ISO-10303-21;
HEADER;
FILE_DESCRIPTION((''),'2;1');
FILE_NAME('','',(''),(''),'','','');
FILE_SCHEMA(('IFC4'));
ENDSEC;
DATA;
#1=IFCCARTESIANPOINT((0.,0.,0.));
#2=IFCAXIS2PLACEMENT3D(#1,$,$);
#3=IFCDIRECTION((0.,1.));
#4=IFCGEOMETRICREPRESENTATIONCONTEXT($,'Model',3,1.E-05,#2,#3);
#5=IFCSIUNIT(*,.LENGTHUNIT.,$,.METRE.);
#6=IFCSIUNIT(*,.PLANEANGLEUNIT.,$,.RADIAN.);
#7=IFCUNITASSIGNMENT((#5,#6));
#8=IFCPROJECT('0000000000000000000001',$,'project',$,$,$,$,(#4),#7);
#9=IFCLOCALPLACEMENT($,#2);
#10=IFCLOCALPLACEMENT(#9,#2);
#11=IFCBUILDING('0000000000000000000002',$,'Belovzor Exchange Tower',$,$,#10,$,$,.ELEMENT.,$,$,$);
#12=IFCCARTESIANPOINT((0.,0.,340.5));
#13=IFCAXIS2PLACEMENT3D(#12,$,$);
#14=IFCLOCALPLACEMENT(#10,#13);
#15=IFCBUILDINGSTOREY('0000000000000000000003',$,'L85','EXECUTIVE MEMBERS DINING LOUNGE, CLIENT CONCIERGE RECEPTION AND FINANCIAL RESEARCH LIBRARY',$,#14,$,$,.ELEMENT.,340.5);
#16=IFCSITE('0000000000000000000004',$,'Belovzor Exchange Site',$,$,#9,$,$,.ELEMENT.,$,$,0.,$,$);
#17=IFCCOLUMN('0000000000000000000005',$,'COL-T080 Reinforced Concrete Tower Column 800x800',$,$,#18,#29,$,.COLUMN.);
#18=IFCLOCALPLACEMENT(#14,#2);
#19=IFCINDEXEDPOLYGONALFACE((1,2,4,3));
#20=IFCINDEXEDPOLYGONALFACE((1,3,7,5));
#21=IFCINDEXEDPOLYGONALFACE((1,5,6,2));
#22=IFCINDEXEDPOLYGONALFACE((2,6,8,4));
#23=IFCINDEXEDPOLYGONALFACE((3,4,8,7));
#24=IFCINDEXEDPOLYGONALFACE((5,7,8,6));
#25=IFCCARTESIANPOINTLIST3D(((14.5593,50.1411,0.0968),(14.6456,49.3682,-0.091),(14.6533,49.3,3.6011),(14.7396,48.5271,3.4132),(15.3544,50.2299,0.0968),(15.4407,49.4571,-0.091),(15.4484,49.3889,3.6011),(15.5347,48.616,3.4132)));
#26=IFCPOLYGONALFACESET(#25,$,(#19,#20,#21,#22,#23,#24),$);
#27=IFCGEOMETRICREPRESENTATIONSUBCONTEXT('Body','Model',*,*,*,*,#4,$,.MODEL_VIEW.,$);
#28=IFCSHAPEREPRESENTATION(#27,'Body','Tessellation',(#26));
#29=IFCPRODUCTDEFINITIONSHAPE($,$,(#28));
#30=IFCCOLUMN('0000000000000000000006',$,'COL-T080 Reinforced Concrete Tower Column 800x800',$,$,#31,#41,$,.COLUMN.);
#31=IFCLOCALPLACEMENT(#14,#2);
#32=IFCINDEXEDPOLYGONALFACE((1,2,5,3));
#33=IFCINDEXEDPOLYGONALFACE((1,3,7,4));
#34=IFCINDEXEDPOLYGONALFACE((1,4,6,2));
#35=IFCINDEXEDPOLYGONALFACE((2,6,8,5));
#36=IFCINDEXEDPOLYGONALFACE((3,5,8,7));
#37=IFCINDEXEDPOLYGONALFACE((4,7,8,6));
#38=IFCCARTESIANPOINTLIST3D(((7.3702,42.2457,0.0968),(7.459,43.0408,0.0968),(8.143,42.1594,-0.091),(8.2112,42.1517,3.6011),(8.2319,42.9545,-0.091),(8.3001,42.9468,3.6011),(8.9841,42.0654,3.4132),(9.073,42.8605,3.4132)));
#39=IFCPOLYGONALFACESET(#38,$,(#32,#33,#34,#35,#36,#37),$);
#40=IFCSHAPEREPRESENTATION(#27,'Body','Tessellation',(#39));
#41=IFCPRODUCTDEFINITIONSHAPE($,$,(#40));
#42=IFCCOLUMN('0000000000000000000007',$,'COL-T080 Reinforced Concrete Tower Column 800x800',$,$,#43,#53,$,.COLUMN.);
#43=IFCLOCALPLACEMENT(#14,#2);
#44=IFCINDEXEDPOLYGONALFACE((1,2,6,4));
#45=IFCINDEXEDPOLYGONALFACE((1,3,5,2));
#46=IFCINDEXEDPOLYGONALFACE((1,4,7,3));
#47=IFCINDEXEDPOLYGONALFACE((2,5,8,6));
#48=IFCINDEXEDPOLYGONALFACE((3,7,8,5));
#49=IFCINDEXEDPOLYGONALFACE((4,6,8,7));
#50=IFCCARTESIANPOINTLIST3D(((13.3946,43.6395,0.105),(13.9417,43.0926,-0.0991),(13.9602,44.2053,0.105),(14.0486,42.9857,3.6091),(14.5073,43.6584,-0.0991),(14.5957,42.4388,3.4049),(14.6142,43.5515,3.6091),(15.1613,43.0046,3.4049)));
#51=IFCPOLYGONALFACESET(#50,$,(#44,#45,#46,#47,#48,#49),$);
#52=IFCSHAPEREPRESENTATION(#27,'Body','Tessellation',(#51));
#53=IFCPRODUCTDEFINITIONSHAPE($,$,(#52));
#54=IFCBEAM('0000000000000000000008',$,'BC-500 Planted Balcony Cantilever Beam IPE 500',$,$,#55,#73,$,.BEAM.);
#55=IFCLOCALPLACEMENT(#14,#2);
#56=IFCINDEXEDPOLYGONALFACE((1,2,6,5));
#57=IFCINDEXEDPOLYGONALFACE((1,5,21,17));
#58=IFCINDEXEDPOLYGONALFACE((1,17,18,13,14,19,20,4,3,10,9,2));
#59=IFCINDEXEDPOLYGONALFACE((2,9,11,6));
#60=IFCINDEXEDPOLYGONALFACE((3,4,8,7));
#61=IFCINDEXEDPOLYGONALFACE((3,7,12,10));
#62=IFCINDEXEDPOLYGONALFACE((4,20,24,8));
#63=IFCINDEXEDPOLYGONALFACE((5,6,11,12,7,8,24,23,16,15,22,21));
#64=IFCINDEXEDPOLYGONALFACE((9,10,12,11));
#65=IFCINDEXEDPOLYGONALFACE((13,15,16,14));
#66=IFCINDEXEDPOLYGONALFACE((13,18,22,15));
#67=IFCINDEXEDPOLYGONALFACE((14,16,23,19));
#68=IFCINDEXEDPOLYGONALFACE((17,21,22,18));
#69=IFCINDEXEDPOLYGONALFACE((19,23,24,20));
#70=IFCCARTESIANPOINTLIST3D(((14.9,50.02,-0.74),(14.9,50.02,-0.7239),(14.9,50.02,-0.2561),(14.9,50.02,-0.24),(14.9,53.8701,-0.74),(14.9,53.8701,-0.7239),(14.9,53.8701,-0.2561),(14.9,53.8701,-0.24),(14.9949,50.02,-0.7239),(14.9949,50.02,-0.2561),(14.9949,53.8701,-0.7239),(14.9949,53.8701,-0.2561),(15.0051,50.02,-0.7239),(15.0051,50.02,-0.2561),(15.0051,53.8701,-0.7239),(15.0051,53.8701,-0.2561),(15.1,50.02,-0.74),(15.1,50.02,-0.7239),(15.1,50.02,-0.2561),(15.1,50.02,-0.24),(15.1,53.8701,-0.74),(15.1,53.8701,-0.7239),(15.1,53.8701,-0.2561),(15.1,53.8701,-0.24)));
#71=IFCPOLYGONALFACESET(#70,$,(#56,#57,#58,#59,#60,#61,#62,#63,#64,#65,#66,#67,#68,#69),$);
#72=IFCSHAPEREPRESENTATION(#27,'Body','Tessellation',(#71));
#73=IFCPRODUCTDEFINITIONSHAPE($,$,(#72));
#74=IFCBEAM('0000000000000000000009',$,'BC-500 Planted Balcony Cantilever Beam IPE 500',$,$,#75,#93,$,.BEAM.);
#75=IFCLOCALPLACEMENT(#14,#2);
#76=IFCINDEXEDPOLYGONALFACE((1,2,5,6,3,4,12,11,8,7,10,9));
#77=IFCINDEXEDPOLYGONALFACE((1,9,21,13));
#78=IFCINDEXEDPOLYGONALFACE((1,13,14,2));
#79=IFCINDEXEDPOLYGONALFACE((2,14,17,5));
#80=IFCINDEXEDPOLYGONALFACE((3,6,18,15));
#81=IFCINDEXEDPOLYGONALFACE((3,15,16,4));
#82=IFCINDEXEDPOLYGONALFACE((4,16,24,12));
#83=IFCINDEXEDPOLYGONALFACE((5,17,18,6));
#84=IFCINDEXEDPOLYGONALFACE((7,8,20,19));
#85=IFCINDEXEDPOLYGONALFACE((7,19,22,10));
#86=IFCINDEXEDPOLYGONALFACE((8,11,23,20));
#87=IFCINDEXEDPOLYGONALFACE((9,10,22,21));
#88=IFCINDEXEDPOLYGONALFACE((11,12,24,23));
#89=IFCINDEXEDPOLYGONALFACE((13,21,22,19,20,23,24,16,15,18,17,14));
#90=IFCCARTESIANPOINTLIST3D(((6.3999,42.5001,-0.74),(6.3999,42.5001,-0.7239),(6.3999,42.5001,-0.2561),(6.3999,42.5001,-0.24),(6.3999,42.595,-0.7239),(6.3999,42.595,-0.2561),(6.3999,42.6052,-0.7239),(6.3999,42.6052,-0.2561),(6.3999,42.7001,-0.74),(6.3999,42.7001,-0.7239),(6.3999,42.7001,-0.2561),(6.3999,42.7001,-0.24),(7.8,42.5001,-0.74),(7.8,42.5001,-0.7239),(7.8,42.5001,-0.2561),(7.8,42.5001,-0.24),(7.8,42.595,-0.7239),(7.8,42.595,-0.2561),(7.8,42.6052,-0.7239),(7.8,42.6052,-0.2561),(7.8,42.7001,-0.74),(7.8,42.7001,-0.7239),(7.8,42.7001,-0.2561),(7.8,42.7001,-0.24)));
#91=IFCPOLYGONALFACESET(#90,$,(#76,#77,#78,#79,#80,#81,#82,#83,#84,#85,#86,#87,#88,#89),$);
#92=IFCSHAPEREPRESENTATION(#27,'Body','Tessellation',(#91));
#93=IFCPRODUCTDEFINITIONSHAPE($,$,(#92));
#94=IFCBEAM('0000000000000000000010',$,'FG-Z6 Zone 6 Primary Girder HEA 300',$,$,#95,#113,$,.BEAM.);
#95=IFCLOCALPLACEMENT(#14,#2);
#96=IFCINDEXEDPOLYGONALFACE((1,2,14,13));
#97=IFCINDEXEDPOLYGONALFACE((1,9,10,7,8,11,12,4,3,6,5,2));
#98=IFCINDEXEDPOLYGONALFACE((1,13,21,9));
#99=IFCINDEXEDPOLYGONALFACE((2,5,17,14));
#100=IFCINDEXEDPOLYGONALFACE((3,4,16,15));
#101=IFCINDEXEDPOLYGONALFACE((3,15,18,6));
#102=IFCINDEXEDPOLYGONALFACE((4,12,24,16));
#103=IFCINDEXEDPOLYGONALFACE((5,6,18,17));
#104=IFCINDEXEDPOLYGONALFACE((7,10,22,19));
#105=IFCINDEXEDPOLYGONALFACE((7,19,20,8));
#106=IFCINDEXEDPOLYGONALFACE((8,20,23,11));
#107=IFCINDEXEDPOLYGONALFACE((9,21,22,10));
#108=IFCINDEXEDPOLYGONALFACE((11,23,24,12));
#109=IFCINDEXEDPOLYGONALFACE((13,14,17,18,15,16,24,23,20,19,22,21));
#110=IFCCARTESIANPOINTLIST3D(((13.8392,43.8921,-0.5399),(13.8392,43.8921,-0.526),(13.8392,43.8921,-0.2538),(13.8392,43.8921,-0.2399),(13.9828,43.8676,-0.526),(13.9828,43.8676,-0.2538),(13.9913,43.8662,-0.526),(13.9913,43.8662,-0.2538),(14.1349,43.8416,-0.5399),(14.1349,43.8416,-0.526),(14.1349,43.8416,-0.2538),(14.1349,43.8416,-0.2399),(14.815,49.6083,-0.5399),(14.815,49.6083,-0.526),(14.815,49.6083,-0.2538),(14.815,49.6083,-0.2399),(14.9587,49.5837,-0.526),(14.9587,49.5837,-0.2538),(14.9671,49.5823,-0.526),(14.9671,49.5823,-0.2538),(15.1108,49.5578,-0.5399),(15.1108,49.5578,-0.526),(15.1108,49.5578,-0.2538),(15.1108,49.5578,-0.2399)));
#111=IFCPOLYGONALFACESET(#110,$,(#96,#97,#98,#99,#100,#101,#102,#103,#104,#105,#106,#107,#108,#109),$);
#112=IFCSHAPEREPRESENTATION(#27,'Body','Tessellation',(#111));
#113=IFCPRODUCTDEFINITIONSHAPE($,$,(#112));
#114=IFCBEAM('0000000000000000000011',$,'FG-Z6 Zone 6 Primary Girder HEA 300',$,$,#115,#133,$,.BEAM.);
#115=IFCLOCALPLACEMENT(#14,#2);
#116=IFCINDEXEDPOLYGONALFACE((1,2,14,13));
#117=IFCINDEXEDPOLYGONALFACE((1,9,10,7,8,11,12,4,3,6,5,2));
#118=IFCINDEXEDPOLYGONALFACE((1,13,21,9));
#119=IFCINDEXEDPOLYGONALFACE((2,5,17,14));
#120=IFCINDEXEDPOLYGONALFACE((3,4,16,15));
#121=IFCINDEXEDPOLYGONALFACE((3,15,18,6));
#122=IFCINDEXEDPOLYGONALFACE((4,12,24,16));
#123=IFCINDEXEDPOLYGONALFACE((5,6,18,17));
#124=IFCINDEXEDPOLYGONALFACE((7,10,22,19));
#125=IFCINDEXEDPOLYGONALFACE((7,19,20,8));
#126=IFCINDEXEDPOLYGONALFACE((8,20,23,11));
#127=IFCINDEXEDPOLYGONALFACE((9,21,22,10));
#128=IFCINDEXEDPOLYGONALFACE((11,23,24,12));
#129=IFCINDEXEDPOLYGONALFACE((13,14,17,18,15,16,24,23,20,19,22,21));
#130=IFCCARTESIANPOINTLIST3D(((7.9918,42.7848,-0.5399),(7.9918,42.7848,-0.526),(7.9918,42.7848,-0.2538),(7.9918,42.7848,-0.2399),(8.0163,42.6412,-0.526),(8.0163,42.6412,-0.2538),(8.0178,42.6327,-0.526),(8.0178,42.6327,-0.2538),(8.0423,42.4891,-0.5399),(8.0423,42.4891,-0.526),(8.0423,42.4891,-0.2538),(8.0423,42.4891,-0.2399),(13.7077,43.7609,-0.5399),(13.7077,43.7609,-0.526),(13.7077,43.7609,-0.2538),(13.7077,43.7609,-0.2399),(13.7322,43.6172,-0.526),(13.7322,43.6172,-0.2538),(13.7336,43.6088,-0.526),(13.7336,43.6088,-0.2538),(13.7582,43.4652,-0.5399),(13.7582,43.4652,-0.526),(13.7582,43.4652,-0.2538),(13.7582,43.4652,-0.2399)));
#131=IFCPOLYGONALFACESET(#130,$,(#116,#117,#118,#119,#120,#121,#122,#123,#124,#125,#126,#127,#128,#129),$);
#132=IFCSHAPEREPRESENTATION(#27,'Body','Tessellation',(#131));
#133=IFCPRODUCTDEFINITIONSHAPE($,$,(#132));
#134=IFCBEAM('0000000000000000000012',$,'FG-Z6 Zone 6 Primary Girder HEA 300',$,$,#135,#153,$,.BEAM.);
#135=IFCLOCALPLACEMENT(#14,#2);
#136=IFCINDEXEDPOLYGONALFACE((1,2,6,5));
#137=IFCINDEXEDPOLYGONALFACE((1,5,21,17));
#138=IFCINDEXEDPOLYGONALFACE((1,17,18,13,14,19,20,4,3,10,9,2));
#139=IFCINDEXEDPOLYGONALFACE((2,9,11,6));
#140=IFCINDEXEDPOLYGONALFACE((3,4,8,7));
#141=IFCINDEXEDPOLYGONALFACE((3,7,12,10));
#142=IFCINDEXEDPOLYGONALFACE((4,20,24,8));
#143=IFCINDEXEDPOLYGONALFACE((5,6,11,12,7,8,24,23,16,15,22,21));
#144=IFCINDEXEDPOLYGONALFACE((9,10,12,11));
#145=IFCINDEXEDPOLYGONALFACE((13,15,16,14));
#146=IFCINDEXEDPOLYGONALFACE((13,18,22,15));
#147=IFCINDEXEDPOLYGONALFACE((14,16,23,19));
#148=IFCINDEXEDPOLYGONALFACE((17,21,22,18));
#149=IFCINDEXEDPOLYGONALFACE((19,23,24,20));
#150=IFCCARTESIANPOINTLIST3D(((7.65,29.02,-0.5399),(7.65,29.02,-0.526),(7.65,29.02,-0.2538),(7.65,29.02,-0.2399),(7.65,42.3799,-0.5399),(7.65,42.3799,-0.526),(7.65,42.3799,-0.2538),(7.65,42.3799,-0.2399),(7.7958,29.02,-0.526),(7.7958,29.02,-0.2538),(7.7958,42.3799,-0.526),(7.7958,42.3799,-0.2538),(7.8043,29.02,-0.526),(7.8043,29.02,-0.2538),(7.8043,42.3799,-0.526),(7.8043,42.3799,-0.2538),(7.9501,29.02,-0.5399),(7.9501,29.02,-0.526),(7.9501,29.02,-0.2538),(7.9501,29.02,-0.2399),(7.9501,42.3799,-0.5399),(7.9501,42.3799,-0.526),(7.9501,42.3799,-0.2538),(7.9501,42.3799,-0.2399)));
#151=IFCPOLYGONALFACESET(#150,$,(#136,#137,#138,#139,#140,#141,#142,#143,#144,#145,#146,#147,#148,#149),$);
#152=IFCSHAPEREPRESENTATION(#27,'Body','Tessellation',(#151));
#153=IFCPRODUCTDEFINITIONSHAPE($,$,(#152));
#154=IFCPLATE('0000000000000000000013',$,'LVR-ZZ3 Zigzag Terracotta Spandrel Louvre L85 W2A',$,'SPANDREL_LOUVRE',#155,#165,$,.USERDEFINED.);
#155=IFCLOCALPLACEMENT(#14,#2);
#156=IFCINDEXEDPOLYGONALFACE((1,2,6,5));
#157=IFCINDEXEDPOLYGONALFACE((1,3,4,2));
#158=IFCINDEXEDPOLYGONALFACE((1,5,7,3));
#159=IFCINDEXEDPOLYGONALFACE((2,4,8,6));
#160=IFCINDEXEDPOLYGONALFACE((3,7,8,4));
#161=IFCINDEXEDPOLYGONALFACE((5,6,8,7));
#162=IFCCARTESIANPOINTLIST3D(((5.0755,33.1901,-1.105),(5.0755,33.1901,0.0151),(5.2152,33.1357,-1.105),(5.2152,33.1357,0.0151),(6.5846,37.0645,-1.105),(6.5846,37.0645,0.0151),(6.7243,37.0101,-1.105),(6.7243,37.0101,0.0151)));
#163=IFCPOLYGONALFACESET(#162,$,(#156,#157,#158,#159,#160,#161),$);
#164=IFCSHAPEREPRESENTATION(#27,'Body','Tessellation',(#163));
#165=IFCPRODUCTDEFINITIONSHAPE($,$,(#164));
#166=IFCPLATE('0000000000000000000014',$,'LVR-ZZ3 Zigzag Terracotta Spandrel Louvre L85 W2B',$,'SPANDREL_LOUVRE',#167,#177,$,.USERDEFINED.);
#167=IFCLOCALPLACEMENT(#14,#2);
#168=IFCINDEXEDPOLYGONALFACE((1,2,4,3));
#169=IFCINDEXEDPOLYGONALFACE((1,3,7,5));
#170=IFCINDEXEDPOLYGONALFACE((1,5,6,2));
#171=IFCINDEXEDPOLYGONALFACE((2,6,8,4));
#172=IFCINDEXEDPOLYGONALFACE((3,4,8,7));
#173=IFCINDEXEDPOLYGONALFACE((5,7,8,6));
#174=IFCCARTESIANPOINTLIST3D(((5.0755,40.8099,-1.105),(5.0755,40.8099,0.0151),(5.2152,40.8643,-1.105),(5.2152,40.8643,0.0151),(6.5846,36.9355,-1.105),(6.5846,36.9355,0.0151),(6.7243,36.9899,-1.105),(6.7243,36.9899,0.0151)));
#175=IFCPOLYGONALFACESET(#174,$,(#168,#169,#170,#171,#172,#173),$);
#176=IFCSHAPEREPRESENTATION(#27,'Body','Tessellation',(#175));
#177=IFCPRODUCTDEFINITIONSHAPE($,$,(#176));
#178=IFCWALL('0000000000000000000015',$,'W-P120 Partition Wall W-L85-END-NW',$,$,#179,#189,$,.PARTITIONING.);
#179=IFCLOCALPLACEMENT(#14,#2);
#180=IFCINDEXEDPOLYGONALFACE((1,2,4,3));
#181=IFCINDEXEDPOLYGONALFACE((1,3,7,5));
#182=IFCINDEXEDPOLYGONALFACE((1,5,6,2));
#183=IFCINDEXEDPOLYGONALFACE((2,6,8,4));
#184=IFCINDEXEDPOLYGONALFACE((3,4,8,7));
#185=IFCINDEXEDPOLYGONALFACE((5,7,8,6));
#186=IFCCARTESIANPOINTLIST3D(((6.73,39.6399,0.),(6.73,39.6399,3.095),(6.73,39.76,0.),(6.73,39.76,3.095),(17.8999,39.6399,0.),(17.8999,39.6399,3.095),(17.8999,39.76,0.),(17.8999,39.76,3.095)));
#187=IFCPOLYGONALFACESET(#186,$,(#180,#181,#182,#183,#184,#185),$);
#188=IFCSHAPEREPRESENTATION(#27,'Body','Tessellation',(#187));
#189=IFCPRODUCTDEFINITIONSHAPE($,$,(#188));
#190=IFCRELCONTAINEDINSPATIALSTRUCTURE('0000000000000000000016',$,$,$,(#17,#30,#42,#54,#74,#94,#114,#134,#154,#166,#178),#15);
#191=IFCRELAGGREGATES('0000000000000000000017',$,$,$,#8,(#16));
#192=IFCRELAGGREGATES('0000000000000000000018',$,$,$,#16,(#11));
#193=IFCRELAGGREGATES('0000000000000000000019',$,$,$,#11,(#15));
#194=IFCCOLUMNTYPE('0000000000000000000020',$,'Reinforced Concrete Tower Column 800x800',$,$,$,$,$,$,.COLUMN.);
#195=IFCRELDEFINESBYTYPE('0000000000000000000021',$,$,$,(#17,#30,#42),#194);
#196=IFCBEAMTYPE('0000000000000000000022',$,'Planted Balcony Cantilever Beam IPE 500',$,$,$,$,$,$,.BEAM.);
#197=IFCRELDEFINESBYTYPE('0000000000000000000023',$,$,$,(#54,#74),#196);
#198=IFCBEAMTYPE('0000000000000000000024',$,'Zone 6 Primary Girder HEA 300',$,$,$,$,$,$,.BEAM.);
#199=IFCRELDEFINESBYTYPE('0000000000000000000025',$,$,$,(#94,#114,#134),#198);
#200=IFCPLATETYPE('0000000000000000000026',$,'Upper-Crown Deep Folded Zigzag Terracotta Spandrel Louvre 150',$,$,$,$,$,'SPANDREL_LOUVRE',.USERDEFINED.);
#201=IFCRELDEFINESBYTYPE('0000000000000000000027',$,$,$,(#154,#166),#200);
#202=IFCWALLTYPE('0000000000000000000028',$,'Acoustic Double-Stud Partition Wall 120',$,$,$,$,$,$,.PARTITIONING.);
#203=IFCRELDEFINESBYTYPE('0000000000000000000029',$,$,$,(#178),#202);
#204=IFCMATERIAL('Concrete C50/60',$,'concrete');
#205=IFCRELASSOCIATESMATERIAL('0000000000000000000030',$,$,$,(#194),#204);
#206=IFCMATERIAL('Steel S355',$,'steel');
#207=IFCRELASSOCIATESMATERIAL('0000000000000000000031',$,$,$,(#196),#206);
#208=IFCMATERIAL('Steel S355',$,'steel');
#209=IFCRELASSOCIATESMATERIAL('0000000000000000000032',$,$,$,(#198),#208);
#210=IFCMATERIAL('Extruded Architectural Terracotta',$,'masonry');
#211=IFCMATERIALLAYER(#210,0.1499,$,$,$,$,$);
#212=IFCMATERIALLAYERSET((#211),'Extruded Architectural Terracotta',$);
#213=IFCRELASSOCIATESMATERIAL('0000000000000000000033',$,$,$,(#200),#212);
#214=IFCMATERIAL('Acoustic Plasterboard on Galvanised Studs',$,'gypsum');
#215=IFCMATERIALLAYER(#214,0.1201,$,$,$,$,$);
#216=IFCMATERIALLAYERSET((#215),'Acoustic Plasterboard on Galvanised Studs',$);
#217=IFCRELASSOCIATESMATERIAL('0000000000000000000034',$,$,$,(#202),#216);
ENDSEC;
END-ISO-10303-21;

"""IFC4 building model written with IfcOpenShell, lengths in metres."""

from ifc_helpers import new_model, si_unit, direction, frame, frame_2d, origin, origin_2d, place, context, subcontext, project, spatial, rectangle, i_section, extrude, material, layer, layer_set, material_profile, profile_set, type_object, element, save


model = new_model("IFC4")

# Units and contexts
model_context = context("Model", 3, precision=1e-05, world=origin(), true_north=direction((0.0, 1.0)))
body_context = subcontext(model_context, "Body", "Model", "MODEL_VIEW")
ifc_project = project(units=[si_unit("LENGTHUNIT", "METRE"), si_unit("PLANEANGLEUNIT", "RADIAN")], contexts=[model_context])

# Site, building, storey
site_placement = place(None, origin())
site = spatial("IfcSite", under=ifc_project, at=site_placement, Name="Belovzor Exchange Site", CompositionType="ELEMENT", RefElevation=0.0)
building_placement = place(site_placement, origin())
building = spatial("IfcBuilding", under=site, at=building_placement, Name="Belovzor Exchange Tower", CompositionType="ELEMENT")
storey_placement = place(building_placement, frame((0.0, 0.0, 340.5)))
storey = spatial("IfcBuildingStorey", under=building, at=storey_placement, Name="L85", Description="EXECUTIVE MEMBERS DINING LOUNGE, CLIENT CONCIERGE RECEPTION AND FINANCIAL RESEARCH LIBRARY", CompositionType="ELEMENT", Elevation=340.5)

# Columns
ifc_material_1 = material(Name="Concrete C50/60", Category="concrete")
ifc_material_profile_1 = material_profile(ifc_material_1, rectangle(XDim=0.8, YDim=0.8, at=origin_2d()))
ifc_profile_set_1 = profile_set([ifc_material_profile_1], Name="Concrete C50/60")
column_type = type_object("IfcColumnType", Name="Reinforced Concrete Tower Column 800x800", PredefinedType="COLUMN", material=ifc_profile_set_1)
for number, where, z_axis, x_axis, name in (
    (1, (15.0, 49.7991, 0.0029), (0.026074, -0.233312, 0.972052), (0.993813, 0.111065, 0.0), "COL-T080 Reinforced Concrete Tower Column 800x800"),
    (2, (7.801, 42.6001, 0.0029), (0.233312, -0.026074, 0.972052), (0.111065, 0.993813, 0.0), "COL-T080 Reinforced Concrete Tower Column 800x800"),
):
    element("IfcColumn", number, at=place(storey_placement, frame(where, z_axis=z_axis, x_axis=x_axis)), inside=storey, type_object=column_type, Name=name, PredefinedType="COLUMN", context=body_context, shape_type="SweptSolid", body=[
        extrude(rectangle(XDim=0.8, YDim=0.8, at=origin_2d()), origin(), (0.0, 0.0, 1.0), 3.605),
    ])
column_placement = place(storey_placement, frame((13.9509, 43.6489, 0.0029), z_axis=(0.180472, -0.180404, 0.966894), x_axis=(0.706975, 0.707239, 0.0)))
element("IfcColumn", 3, at=column_placement, inside=storey, type_object=column_type, Name="COL-T080 Reinforced Concrete Tower Column 800x800", PredefinedType="COLUMN", context=body_context, shape_type="SweptSolid", body=[
    extrude(rectangle(XDim=0.8, YDim=0.8, at=origin_2d()), origin(), (0.0, 0.0, 1.0), 3.624),
])

# Beams
ifc_material_2 = material(Name="Steel S355", Category="steel")
ifc_material_profile_2 = material_profile(ifc_material_2, i_section(OverallWidth=0.2, OverallDepth=0.5, WebThickness=0.0103, FlangeThickness=0.0161, at=origin_2d()))
ifc_profile_set_2 = profile_set([ifc_material_profile_2], Name="Steel S355")
beam_type_1 = type_object("IfcBeamType", Name="Planted Balcony Cantilever Beam IPE 500", PredefinedType="BEAM", material=ifc_profile_set_2)
beam_1_placement = place(storey_placement, frame((15.0, 50.02, -0.49), z_axis=(0.0, 1.0, 0.0), x_axis=(-1.0, 0.0, 0.0)))
element("IfcBeam", 4, at=beam_1_placement, inside=storey, type_object=beam_type_1, Name="BC-500 Planted Balcony Cantilever Beam IPE 500", PredefinedType="BEAM", context=body_context, shape_type="SweptSolid", body=[
    extrude(i_section(OverallWidth=0.2, OverallDepth=0.5, WebThickness=0.0103, FlangeThickness=0.0161, at=origin_2d()), origin(), (0.0, 0.0, 1.0), 3.8501),
])
beam_2_placement = place(storey_placement, frame((7.8, 42.6001, -0.49), z_axis=(-1.0, 0.0, 0.0), x_axis=(0.0, -1.0, 0.0)))
element("IfcBeam", 5, at=beam_2_placement, inside=storey, type_object=beam_type_1, Name="BC-500 Planted Balcony Cantilever Beam IPE 500", PredefinedType="BEAM", context=body_context, shape_type="SweptSolid", body=[
    extrude(i_section(OverallWidth=0.2, OverallDepth=0.5, WebThickness=0.0103, FlangeThickness=0.0161, at=origin_2d()), origin(), (0.0, 0.0, 1.0), 1.4001),
])
ifc_material_3 = material(Name="Steel S355", Category="steel")
ifc_material_profile_3 = material_profile(ifc_material_3, i_section(OverallWidth=0.3, OverallDepth=0.3, WebThickness=0.0085, FlangeThickness=0.0139, at=origin_2d()))
ifc_profile_set_3 = profile_set([ifc_material_profile_3], Name="Steel S355")
beam_type_2 = type_object("IfcBeamType", Name="Zone 6 Primary Girder HEA 300", PredefinedType="BEAM", material=ifc_profile_set_3)
beam_3_placement = place(storey_placement, frame((14.9629, 49.583, -0.3899), z_axis=(-0.168282, -0.985739, 0.0), x_axis=(0.985739, -0.168282, 0.0)))
element("IfcBeam", 6, at=beam_3_placement, inside=storey, type_object=beam_type_2, Name="FG-Z6 Zone 6 Primary Girder HEA 300", PredefinedType="BEAM", context=body_context, shape_type="SweptSolid", body=[
    extrude(i_section(OverallWidth=0.3, OverallDepth=0.3, WebThickness=0.0085, FlangeThickness=0.0139, at=origin_2d()), origin(), (0.0, 0.0, 1.0), 5.7988),
])
beam_4_placement = place(storey_placement, frame((13.7329, 43.613, -0.3899), z_axis=(-0.985731, -0.16833, 0.0), x_axis=(0.16833, -0.985731, 0.0)))
element("IfcBeam", 7, at=beam_4_placement, inside=storey, type_object=beam_type_2, Name="FG-Z6 Zone 6 Primary Girder HEA 300", PredefinedType="BEAM", context=body_context, shape_type="SweptSolid", body=[
    extrude(i_section(OverallWidth=0.3, OverallDepth=0.3, WebThickness=0.0085, FlangeThickness=0.0139, at=origin_2d()), origin(), (0.0, 0.0, 1.0), 5.7986),
])
beam_5_placement = place(storey_placement, frame((7.8, 42.3799, -0.3899), z_axis=(0.0, -1.0, 0.0), x_axis=(1.0, 0.0, 0.0)))
element("IfcBeam", 8, at=beam_5_placement, inside=storey, type_object=beam_type_2, Name="FG-Z6 Zone 6 Primary Girder HEA 300", PredefinedType="BEAM", context=body_context, shape_type="SweptSolid", body=[
    extrude(i_section(OverallWidth=0.3, OverallDepth=0.3, WebThickness=0.0085, FlangeThickness=0.0139, at=origin_2d()), origin(), (0.0, 0.0, 1.0), 13.3599),
])

# Plates
ifc_material_4 = material(Name="Extruded Architectural Terracotta", Category="masonry")
ifc_layer_1 = layer(ifc_material_4, 0.1499)
ifc_layer_set_1 = layer_set([ifc_layer_1], Name="Extruded Architectural Terracotta")
plate_type = type_object("IfcPlateType", Name="Upper-Crown Deep Folded Zigzag Terracotta Spandrel Louvre 150", ElementType="SPANDREL_LOUVRE", PredefinedType="USERDEFINED", material=ifc_layer_set_1)
for number, where, z_axis, x_axis, name in (
    (9, (5.8999, 35.1001, -1.105), (0.0, 0.0, 1.0), (0.362926, 0.931818, 0.0), "LVR-ZZ3 Zigzag Terracotta Spandrel Louvre L85 W2A"),
    (10, (5.8999, 38.8999, -1.105), (0.0, 0.0, 1.0), (-0.362926, 0.931818, 0.0), "LVR-ZZ3 Zigzag Terracotta Spandrel Louvre L85 W2B"),
):
    element("IfcPlate", number, at=place(storey_placement, frame(where, z_axis=z_axis, x_axis=x_axis)), inside=storey, type_object=plate_type, Name=name, ObjectType="SPANDREL_LOUVRE", PredefinedType="USERDEFINED", context=body_context, shape_type="SweptSolid", body=[
        extrude(rectangle(XDim=4.158, YDim=0.1499, at=origin_2d()), origin(), (0.0, 0.0, 1.0), 1.1201),
    ])

# Wall
ifc_material_5 = material(Name="Acoustic Plasterboard on Galvanised Studs", Category="gypsum")
ifc_layer_2 = layer(ifc_material_5, 0.1201)
ifc_layer_set_2 = layer_set([ifc_layer_2], Name="Acoustic Plasterboard on Galvanised Studs")
wall_type_1 = type_object("IfcWallType", Name="Acoustic Double-Stud Partition Wall 120", PredefinedType="PARTITIONING", material=ifc_layer_set_2)
wall_1_placement = place(storey_placement, frame((6.73, 39.7, 0.0), z_axis=(0.0, 0.0, 1.0), x_axis=(1.0, 0.0, 0.0)))
element("IfcWall", 11, at=wall_1_placement, inside=storey, type_object=wall_type_1, Name="W-P120 Partition Wall W-L85-END-NW", PredefinedType="PARTITIONING", context=body_context, shape_type="SweptSolid", body=[
    extrude(rectangle(XDim=11.1699, YDim=0.1201, at=frame_2d((5.585, 0.0))), origin(), (0.0, 0.0, 1.0), 3.095),
])

save(model, "model.ifc")
